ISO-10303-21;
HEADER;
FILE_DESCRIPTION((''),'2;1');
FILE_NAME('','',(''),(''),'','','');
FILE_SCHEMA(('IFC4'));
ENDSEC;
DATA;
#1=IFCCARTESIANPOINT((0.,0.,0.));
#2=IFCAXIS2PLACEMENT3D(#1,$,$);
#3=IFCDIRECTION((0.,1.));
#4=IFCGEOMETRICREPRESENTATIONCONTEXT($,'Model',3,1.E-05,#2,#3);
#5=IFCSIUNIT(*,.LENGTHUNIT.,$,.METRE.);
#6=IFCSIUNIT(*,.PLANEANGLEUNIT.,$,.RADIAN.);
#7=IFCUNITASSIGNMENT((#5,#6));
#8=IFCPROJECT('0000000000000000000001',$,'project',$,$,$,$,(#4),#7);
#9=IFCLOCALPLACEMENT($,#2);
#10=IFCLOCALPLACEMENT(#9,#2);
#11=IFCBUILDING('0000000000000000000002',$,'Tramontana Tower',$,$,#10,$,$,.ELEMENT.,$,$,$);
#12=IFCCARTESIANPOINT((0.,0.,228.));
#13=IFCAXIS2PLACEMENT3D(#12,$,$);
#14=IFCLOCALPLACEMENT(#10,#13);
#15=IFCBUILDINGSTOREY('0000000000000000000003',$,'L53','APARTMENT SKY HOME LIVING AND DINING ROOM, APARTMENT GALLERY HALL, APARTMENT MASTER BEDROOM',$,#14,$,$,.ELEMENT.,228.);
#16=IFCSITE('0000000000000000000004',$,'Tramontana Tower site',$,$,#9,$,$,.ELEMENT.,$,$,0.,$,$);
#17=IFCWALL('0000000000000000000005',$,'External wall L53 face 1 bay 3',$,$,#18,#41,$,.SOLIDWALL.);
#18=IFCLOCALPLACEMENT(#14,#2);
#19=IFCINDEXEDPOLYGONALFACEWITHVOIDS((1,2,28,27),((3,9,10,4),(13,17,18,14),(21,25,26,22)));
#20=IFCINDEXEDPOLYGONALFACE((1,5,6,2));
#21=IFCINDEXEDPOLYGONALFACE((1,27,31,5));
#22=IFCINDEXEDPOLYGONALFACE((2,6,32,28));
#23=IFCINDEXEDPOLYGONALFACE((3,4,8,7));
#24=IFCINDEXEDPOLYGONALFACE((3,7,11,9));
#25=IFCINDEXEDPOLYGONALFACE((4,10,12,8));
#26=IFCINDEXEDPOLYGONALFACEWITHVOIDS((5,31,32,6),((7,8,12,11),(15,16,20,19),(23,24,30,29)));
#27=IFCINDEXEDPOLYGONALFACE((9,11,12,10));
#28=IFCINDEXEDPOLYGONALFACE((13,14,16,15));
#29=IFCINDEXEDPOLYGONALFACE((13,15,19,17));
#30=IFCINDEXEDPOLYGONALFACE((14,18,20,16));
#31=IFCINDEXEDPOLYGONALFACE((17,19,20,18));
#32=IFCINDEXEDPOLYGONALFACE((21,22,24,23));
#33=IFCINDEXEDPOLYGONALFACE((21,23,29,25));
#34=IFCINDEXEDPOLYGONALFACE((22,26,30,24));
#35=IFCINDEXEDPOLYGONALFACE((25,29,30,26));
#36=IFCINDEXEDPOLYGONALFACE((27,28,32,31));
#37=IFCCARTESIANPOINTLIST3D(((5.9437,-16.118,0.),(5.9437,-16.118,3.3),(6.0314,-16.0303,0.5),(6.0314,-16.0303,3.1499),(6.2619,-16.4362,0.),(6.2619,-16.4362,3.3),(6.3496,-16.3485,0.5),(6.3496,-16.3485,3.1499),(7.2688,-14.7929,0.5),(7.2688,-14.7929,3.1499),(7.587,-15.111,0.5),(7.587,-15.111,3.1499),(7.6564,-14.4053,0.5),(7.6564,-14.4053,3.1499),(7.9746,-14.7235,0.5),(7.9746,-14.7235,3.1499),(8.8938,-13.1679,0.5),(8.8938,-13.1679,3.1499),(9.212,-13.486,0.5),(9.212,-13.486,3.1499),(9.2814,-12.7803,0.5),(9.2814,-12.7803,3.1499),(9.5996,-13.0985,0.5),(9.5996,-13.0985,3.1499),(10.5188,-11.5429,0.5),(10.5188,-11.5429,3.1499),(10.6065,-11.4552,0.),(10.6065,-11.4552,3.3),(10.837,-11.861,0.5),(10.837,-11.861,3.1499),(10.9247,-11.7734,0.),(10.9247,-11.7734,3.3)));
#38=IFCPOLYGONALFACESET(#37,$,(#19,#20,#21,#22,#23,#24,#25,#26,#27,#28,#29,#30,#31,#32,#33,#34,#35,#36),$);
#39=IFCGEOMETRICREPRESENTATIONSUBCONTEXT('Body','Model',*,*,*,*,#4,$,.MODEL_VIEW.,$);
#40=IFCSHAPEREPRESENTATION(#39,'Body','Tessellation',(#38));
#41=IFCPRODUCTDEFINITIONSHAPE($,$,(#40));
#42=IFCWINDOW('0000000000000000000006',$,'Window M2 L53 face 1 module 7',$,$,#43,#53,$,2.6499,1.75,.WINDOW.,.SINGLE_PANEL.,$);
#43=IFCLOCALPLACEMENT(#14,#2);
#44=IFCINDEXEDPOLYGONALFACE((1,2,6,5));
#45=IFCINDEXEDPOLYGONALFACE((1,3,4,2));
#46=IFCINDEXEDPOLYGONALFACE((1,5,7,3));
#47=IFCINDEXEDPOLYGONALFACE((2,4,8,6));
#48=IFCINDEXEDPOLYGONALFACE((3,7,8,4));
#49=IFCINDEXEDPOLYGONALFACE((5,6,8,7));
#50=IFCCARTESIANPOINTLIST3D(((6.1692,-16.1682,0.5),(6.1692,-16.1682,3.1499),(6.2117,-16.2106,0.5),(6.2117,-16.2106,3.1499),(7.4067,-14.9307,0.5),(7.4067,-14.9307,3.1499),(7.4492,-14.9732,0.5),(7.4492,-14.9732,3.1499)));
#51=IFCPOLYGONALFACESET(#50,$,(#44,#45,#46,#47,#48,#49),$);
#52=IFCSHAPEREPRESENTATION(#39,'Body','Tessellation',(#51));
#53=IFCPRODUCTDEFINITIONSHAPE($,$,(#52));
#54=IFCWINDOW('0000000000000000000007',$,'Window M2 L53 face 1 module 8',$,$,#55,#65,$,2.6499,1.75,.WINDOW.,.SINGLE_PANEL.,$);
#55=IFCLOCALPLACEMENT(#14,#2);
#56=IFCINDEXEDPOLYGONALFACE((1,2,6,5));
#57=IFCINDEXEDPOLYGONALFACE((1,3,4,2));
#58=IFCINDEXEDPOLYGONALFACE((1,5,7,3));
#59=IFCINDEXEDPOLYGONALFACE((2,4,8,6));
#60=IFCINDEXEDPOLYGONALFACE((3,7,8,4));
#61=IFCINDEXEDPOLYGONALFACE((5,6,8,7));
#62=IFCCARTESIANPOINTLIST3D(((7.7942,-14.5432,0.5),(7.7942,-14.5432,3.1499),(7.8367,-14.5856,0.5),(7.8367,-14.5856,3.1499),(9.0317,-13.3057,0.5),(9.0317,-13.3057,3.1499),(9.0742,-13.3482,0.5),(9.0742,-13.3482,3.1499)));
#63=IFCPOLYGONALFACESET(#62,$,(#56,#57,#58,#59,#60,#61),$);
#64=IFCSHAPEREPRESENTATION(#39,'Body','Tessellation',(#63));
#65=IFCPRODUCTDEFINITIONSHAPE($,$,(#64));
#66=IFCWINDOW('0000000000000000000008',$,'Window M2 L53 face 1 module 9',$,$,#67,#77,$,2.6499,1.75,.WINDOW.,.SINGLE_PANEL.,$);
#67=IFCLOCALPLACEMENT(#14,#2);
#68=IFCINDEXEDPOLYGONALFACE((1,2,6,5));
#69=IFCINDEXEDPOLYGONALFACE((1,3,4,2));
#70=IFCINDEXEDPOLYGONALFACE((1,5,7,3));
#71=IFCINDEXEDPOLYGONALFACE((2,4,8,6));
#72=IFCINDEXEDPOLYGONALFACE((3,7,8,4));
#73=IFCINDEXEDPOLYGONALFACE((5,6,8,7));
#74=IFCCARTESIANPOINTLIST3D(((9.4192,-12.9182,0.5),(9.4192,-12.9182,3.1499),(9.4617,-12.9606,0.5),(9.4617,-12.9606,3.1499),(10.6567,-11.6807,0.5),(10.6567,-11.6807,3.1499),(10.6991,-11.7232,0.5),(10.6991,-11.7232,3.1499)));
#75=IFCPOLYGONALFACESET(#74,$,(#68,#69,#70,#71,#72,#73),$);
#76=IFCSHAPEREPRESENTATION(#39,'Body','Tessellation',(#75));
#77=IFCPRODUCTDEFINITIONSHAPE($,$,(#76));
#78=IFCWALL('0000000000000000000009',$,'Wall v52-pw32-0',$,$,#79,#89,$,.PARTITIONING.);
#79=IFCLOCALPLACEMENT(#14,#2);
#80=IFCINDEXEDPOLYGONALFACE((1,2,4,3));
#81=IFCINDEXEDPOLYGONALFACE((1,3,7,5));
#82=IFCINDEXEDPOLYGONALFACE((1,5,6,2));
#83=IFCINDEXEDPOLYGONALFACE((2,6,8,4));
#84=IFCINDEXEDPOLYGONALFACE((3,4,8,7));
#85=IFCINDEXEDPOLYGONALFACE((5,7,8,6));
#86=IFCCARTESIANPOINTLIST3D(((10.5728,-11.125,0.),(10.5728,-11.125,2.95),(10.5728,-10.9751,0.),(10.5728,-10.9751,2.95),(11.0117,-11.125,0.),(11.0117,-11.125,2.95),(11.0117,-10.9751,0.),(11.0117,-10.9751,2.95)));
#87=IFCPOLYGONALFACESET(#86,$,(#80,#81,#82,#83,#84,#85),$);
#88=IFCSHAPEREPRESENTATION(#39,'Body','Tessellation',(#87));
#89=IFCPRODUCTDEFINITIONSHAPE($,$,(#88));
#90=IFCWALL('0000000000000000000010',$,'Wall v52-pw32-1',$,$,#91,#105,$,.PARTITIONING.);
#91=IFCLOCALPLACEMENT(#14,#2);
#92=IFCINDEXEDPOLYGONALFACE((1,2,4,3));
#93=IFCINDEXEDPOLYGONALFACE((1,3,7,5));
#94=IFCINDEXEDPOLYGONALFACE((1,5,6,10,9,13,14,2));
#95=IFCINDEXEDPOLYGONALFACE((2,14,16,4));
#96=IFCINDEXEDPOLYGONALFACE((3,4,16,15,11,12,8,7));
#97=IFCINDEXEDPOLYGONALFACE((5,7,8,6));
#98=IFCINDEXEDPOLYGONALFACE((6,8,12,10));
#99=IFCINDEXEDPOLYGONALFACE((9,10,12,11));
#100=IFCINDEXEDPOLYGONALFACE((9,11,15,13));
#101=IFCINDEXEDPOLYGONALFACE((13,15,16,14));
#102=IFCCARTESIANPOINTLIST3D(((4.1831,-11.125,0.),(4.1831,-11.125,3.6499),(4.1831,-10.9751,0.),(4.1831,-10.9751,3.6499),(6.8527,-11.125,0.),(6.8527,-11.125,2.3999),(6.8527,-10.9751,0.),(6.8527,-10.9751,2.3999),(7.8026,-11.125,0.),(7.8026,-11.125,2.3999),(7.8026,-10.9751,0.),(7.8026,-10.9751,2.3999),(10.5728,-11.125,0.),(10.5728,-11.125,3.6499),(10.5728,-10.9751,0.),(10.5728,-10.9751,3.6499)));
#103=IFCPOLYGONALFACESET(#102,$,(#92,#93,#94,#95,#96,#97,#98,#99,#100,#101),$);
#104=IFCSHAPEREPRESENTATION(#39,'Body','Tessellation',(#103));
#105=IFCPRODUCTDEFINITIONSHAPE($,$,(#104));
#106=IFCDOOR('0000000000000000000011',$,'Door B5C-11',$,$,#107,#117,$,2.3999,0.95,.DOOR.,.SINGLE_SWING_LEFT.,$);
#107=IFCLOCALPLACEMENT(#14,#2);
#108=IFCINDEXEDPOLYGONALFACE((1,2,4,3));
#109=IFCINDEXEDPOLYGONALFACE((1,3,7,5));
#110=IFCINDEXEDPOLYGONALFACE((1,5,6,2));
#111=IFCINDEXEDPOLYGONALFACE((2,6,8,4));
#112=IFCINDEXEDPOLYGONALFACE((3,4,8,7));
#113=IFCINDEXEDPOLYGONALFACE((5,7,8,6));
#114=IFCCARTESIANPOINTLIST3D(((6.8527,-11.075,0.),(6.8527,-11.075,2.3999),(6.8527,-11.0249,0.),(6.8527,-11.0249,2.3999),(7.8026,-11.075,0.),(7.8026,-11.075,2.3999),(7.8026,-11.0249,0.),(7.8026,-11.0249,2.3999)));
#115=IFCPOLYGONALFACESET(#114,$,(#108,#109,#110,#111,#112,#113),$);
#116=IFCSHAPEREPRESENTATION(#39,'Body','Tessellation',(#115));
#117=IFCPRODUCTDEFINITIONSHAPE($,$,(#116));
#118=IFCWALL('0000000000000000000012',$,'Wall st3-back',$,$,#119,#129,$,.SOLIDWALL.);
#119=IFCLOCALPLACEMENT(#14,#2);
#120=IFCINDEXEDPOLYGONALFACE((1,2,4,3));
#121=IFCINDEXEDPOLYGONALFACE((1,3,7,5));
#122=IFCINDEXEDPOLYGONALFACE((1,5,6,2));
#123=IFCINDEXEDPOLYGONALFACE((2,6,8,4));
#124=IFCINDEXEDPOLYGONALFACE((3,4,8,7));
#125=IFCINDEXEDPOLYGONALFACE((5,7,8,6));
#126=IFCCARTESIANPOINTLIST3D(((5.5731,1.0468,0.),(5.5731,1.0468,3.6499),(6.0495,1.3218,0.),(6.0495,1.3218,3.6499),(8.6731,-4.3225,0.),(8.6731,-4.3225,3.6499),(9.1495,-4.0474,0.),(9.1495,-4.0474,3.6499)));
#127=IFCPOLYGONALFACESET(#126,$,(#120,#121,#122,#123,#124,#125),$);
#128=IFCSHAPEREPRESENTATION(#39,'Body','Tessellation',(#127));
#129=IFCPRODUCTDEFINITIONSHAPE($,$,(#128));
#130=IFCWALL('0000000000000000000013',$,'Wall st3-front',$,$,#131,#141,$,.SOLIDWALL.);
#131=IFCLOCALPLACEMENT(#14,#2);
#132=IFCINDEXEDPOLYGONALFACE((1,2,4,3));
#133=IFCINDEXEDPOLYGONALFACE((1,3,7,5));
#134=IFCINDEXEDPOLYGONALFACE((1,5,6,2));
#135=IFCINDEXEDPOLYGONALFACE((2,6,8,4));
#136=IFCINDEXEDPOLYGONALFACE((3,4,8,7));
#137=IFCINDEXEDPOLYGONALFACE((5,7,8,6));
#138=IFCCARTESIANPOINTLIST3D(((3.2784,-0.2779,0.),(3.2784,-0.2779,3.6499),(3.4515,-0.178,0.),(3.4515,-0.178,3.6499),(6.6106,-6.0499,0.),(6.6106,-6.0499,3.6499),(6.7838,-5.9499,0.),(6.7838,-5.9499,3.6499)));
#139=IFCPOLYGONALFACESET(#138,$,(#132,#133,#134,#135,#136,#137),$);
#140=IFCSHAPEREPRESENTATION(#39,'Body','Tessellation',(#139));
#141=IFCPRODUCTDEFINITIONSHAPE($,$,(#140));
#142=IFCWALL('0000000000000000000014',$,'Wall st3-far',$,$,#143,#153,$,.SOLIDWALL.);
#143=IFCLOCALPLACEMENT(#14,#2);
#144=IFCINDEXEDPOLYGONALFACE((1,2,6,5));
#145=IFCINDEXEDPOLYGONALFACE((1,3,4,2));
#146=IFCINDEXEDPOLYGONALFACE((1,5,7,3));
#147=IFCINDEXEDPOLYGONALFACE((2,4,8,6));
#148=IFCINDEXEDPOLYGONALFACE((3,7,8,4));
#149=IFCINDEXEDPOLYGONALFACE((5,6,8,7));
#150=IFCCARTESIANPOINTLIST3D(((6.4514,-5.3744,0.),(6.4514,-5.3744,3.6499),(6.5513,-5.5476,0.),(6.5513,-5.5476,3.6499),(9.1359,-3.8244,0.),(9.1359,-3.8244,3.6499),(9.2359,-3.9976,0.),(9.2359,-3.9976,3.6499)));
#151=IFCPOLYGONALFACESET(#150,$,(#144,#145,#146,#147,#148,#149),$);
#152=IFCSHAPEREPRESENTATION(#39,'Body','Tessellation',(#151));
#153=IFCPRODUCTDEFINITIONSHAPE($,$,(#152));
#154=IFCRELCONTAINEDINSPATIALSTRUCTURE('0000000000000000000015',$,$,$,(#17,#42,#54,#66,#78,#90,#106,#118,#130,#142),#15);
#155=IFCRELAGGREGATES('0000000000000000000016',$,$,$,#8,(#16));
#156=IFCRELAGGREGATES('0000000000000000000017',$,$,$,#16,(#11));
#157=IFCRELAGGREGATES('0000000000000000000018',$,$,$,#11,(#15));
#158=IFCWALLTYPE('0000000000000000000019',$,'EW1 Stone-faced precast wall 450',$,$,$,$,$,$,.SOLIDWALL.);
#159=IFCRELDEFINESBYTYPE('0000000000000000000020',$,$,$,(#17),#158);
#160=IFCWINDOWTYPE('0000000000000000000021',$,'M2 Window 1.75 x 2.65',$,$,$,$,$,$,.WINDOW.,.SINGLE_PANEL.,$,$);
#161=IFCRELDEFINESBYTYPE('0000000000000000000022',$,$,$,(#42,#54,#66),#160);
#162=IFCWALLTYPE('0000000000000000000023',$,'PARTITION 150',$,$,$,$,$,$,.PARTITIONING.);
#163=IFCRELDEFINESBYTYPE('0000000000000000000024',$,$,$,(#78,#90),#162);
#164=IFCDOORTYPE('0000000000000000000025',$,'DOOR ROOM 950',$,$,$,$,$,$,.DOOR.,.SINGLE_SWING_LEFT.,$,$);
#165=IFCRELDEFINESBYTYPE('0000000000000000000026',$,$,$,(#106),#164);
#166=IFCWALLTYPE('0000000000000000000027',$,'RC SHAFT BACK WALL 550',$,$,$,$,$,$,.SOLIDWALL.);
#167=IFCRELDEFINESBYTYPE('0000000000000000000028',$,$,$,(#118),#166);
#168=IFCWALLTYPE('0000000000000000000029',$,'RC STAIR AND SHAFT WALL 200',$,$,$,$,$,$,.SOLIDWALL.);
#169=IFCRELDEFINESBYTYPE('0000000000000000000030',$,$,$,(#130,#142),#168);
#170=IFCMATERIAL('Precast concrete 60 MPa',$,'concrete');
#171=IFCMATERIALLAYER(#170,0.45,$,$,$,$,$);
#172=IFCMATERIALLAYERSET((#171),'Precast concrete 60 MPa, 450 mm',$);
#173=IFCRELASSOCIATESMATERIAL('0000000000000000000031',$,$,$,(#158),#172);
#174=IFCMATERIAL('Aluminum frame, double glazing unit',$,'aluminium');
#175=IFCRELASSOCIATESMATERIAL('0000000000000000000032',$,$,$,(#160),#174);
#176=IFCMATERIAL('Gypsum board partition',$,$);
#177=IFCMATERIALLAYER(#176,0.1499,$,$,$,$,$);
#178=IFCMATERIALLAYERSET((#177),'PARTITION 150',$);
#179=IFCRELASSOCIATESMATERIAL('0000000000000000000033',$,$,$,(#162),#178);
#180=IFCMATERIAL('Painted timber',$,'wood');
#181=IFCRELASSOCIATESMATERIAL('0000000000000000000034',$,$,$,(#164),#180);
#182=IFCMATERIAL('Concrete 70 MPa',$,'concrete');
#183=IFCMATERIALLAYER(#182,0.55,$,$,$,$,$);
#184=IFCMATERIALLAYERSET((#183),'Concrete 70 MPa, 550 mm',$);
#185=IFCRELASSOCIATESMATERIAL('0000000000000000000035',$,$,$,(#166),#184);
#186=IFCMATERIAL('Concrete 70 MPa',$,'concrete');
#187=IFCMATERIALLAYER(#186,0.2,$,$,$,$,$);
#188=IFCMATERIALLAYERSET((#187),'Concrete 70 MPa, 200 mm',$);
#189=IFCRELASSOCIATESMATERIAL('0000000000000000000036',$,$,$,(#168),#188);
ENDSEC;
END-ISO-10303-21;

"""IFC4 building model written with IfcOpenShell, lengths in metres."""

from ifc_helpers import new_model, si_unit, direction, frame, frame_2d, origin, place, context, subcontext, project, spatial, rectangle, extrude, material, layer, layer_set, type_object, element, fill, save


model = new_model("IFC4")

# Units and contexts
model_context = context("Model", 3, precision=1e-05, world=origin(), true_north=direction((0.0, 1.0)))
body_context = subcontext(model_context, "Body", "Model", "MODEL_VIEW")
ifc_project = project(units=[si_unit("LENGTHUNIT", "METRE"), si_unit("PLANEANGLEUNIT", "RADIAN")], contexts=[model_context])

# Site, building, storey
site_placement = place(None, origin())
site = spatial("IfcSite", under=ifc_project, at=site_placement, Name="Tramontana Tower site", CompositionType="ELEMENT", RefElevation=0.0)
building_placement = place(site_placement, origin())
building = spatial("IfcBuilding", under=site, at=building_placement, Name="Tramontana Tower", CompositionType="ELEMENT")
storey_placement = place(building_placement, frame((0.0, 0.0, 228.0)))
storey = spatial("IfcBuildingStorey", under=building, at=storey_placement, Name="L53", Description="APARTMENT SKY HOME LIVING AND DINING ROOM, APARTMENT GALLERY HALL, APARTMENT MASTER BEDROOM", CompositionType="ELEMENT", Elevation=228.0)

# Wall, openings, windows
ifc_material_1 = material(Name="Precast concrete 60 MPa", Category="concrete")
ifc_layer_1 = layer(ifc_material_1, 0.45)
ifc_layer_set_1 = layer_set([ifc_layer_1], Name="Precast concrete 60 MPa, 450 mm")
wall_type_1 = type_object("IfcWallType", Name="EW1 Stone-faced precast wall 450", PredefinedType="SOLIDWALL", material=ifc_layer_set_1)
wall_1_placement = place(storey_placement, frame((6.1028, -16.2771, 0.0), z_axis=(0.0, 0.0, 1.0), x_axis=(0.707107, 0.707107, 0.0)))
wall_1 = element("IfcWall", 1, at=wall_1_placement, inside=storey, type_object=wall_type_1, Name="External wall L53 face 1 bay 3", PredefinedType="SOLIDWALL", context=body_context, shape_type="SweptSolid", body=[
    extrude(rectangle(XDim=6.5942, YDim=0.45, at=frame_2d((3.2971, 0.0))), origin(), (0.0, 0.0, 1.0), 3.3),
])
opening_1_placement = place(wall_1_placement, frame((0.124, 0.0, 0.5)))
opening_1 = element("IfcOpeningElement", 2, at=opening_1_placement, cuts=wall_1, PredefinedType="OPENING", context=body_context, shape_type="SweptSolid", body=[
    extrude(rectangle(XDim=1.75, YDim=2.6499, at=frame_2d((0.875, 1.325))), frame((0.0, 0.2349, 0.0), z_axis=(0.0, -1.0, 0.0), x_axis=(1.0, 0.0, 0.0)), (0.0, 0.0, 1.0), 0.47),
])
opening_2_placement = place(wall_1_placement, frame((2.4221, 0.0, 0.5)))
opening_2 = element("IfcOpeningElement", 3, at=opening_2_placement, cuts=wall_1, PredefinedType="OPENING", context=body_context, shape_type="SweptSolid", body=[
    extrude(rectangle(XDim=1.75, YDim=2.6499, at=frame_2d((0.875, 1.325))), frame((0.0, 0.2349, 0.0), z_axis=(0.0, -1.0, 0.0), x_axis=(1.0, 0.0, 0.0)), (0.0, 0.0, 1.0), 0.47),
])
opening_3_placement = place(wall_1_placement, frame((4.7202, 0.0, 0.5)))
opening_3 = element("IfcOpeningElement", 4, at=opening_3_placement, cuts=wall_1, PredefinedType="OPENING", context=body_context, shape_type="SweptSolid", body=[
    extrude(rectangle(XDim=1.75, YDim=2.6499, at=frame_2d((0.875, 1.325))), frame((0.0, 0.2349, 0.0), z_axis=(0.0, -1.0, 0.0), x_axis=(1.0, 0.0, 0.0)), (0.0, 0.0, 1.0), 0.47),
])
ifc_material_2 = material(Name="Aluminum frame, double glazing unit", Category="aluminium")
window_type = type_object("IfcWindowType", Name="M2 Window 1.75 x 2.65", PartitioningType="SINGLE_PANEL", PredefinedType="WINDOW", material=ifc_material_2)
window_1_placement = place(opening_1_placement, origin())
window_1 = element("IfcWindow", 5, at=window_1_placement, inside=storey, type_object=window_type, Name="Window M2 L53 face 1 module 7", OverallHeight=2.6499, OverallWidth=1.75, PartitioningType="SINGLE_PANEL", PredefinedType="WINDOW", context=body_context, shape_type="SweptSolid", body=[
    extrude(rectangle(XDim=1.75, YDim=2.6499, at=frame_2d((0.875, 1.325))), frame((0.0, 0.03, 0.0), z_axis=(0.0, -1.0, 0.0), x_axis=(1.0, 0.0, 0.0)), (0.0, 0.0, 1.0), 0.0601),
])
fill(opening_1, window_1)
window_2_placement = place(opening_2_placement, origin())
window_2 = element("IfcWindow", 6, at=window_2_placement, inside=storey, type_object=window_type, Name="Window M2 L53 face 1 module 8", OverallHeight=2.6499, OverallWidth=1.75, PartitioningType="SINGLE_PANEL", PredefinedType="WINDOW", context=body_context, shape_type="SweptSolid", body=[
    extrude(rectangle(XDim=1.75, YDim=2.6499, at=frame_2d((0.875, 1.325))), frame((0.0, 0.03, 0.0), z_axis=(0.0, -1.0, 0.0), x_axis=(1.0, 0.0, 0.0)), (0.0, 0.0, 1.0), 0.0601),
])
fill(opening_2, window_2)
window_3_placement = place(opening_3_placement, origin())
window_3 = element("IfcWindow", 7, at=window_3_placement, inside=storey, type_object=window_type, Name="Window M2 L53 face 1 module 9", OverallHeight=2.6499, OverallWidth=1.75, PartitioningType="SINGLE_PANEL", PredefinedType="WINDOW", context=body_context, shape_type="SweptSolid", body=[
    extrude(rectangle(XDim=1.75, YDim=2.6499, at=frame_2d((0.875, 1.325))), frame((0.0, 0.03, 0.0), z_axis=(0.0, -1.0, 0.0), x_axis=(1.0, 0.0, 0.0)), (0.0, 0.0, 1.0), 0.0601),
])
fill(opening_3, window_3)

# Wall
ifc_material_3 = material(Name="Gypsum board partition")
ifc_layer_2 = layer(ifc_material_3, 0.1499)
ifc_layer_set_2 = layer_set([ifc_layer_2], Name="PARTITION 150")
wall_type_2 = type_object("IfcWallType", Name="PARTITION 150", PredefinedType="PARTITIONING", material=ifc_layer_set_2)
wall_2_placement = place(storey_placement, frame((11.0117, -11.05, 0.0), z_axis=(0.0, 0.0, 1.0), x_axis=(-1.0, 0.0, 0.0)))
element("IfcWall", 8, at=wall_2_placement, inside=storey, type_object=wall_type_2, Name="Wall v52-pw32-0", PredefinedType="PARTITIONING", context=body_context, shape_type="SweptSolid", body=[
    extrude(rectangle(XDim=0.439, YDim=0.1499, at=frame_2d((0.2195, 0.0))), origin(), (0.0, 0.0, 1.0), 2.95),
])

# Wall, opening, door
wall_3_placement = place(storey_placement, frame((10.5728, -11.05, 0.0), z_axis=(0.0, 0.0, 1.0), x_axis=(-1.0, 0.0, 0.0)))
wall_3 = element("IfcWall", 9, at=wall_3_placement, inside=storey, type_object=wall_type_2, Name="Wall v52-pw32-1", PredefinedType="PARTITIONING", context=body_context, shape_type="SweptSolid", body=[
    extrude(rectangle(XDim=6.3896, YDim=0.1499, at=frame_2d((3.1948, 0.0))), origin(), (0.0, 0.0, 1.0), 3.6499),
])
opening_4_placement = place(wall_3_placement, frame((2.77, 0.0, 0.0)))
opening_4 = element("IfcOpeningElement", 10, at=opening_4_placement, cuts=wall_3, PredefinedType="OPENING", context=body_context, shape_type="SweptSolid", body=[
    extrude(rectangle(XDim=0.95, YDim=2.3999, at=frame_2d((0.4751, 1.2))), frame((0.0, 0.085, 0.0), z_axis=(0.0, -1.0, 0.0), x_axis=(1.0, 0.0, 0.0)), (0.0, 0.0, 1.0), 0.1699),
])
ifc_material_4 = material(Name="Painted timber", Category="wood")
door_type_1 = type_object("IfcDoorType", Name="DOOR ROOM 950", OperationType="SINGLE_SWING_LEFT", PredefinedType="DOOR", material=ifc_material_4)
door_1_placement = place(opening_4_placement, origin())
door_1 = element("IfcDoor", 11, at=door_1_placement, inside=storey, type_object=door_type_1, Name="Door B5C-11", OperationType="SINGLE_SWING_LEFT", OverallHeight=2.3999, OverallWidth=0.95, PredefinedType="DOOR", context=body_context, shape_type="SweptSolid", body=[
    extrude(rectangle(XDim=0.95, YDim=2.3999, at=frame_2d((0.4751, 1.2))), frame((0.0, 0.0249, 0.0), z_axis=(0.0, -1.0, 0.0), x_axis=(1.0, 0.0, 0.0)), (0.0, 0.0, 1.0), 0.05),
])
fill(opening_4, door_1)

# Walls
ifc_material_5 = material(Name="Concrete 70 MPa", Category="concrete")
ifc_layer_3 = layer(ifc_material_5, 0.55)
ifc_layer_set_3 = layer_set([ifc_layer_3], Name="Concrete 70 MPa, 550 mm")
wall_type_3 = type_object("IfcWallType", Name="RC SHAFT BACK WALL 550", PredefinedType="SOLIDWALL", material=ifc_layer_set_3)
wall_4_placement = place(storey_placement, frame((8.9114, -4.1851, 0.0), z_axis=(0.0, 0.0, 1.0), x_axis=(-0.50001, 0.86602, 0.0)))
element("IfcWall", 12, at=wall_4_placement, inside=storey, type_object=wall_type_3, Name="Wall st3-back", PredefinedType="SOLIDWALL", context=body_context, shape_type="SweptSolid", body=[
    extrude(rectangle(XDim=6.2, YDim=0.55, at=frame_2d((3.1001, 0.0))), origin(), (0.0, 0.0, 1.0), 3.6499),
])
ifc_material_6 = material(Name="Concrete 70 MPa", Category="concrete")
ifc_layer_4 = layer(ifc_material_6, 0.2)
ifc_layer_set_4 = layer_set([ifc_layer_4], Name="Concrete 70 MPa, 200 mm")
wall_type_4 = type_object("IfcWallType", Name="RC STAIR AND SHAFT WALL 200", PredefinedType="SOLIDWALL", material=ifc_layer_set_4)
wall_5_placement = place(storey_placement, frame((6.6973, -6.0, 0.0), z_axis=(0.0, 0.0, 1.0), x_axis=(-0.49998, 0.866037, 0.0)))
element("IfcWall", 13, at=wall_5_placement, inside=storey, type_object=wall_type_4, Name="Wall st3-front", PredefinedType="SOLIDWALL", context=body_context, shape_type="SweptSolid", body=[
    extrude(rectangle(XDim=6.6648, YDim=0.2, at=frame_2d((3.3325, 0.0))), origin(), (0.0, 0.0, 1.0), 3.6499),
])
wall_6_placement = place(storey_placement, frame((6.5015, -5.4609, 0.0), z_axis=(0.0, 0.0, 1.0), x_axis=(0.86601, 0.500027, 0.0)))
element("IfcWall", 14, at=wall_6_placement, inside=storey, type_object=wall_type_4, Name="Wall st3-far", PredefinedType="SOLIDWALL", context=body_context, shape_type="SweptSolid", body=[
    extrude(rectangle(XDim=3.0999, YDim=0.2, at=frame_2d((1.5498, 0.0))), origin(), (0.0, 0.0, 1.0), 3.6499),
])

save(model, "model.ifc")
